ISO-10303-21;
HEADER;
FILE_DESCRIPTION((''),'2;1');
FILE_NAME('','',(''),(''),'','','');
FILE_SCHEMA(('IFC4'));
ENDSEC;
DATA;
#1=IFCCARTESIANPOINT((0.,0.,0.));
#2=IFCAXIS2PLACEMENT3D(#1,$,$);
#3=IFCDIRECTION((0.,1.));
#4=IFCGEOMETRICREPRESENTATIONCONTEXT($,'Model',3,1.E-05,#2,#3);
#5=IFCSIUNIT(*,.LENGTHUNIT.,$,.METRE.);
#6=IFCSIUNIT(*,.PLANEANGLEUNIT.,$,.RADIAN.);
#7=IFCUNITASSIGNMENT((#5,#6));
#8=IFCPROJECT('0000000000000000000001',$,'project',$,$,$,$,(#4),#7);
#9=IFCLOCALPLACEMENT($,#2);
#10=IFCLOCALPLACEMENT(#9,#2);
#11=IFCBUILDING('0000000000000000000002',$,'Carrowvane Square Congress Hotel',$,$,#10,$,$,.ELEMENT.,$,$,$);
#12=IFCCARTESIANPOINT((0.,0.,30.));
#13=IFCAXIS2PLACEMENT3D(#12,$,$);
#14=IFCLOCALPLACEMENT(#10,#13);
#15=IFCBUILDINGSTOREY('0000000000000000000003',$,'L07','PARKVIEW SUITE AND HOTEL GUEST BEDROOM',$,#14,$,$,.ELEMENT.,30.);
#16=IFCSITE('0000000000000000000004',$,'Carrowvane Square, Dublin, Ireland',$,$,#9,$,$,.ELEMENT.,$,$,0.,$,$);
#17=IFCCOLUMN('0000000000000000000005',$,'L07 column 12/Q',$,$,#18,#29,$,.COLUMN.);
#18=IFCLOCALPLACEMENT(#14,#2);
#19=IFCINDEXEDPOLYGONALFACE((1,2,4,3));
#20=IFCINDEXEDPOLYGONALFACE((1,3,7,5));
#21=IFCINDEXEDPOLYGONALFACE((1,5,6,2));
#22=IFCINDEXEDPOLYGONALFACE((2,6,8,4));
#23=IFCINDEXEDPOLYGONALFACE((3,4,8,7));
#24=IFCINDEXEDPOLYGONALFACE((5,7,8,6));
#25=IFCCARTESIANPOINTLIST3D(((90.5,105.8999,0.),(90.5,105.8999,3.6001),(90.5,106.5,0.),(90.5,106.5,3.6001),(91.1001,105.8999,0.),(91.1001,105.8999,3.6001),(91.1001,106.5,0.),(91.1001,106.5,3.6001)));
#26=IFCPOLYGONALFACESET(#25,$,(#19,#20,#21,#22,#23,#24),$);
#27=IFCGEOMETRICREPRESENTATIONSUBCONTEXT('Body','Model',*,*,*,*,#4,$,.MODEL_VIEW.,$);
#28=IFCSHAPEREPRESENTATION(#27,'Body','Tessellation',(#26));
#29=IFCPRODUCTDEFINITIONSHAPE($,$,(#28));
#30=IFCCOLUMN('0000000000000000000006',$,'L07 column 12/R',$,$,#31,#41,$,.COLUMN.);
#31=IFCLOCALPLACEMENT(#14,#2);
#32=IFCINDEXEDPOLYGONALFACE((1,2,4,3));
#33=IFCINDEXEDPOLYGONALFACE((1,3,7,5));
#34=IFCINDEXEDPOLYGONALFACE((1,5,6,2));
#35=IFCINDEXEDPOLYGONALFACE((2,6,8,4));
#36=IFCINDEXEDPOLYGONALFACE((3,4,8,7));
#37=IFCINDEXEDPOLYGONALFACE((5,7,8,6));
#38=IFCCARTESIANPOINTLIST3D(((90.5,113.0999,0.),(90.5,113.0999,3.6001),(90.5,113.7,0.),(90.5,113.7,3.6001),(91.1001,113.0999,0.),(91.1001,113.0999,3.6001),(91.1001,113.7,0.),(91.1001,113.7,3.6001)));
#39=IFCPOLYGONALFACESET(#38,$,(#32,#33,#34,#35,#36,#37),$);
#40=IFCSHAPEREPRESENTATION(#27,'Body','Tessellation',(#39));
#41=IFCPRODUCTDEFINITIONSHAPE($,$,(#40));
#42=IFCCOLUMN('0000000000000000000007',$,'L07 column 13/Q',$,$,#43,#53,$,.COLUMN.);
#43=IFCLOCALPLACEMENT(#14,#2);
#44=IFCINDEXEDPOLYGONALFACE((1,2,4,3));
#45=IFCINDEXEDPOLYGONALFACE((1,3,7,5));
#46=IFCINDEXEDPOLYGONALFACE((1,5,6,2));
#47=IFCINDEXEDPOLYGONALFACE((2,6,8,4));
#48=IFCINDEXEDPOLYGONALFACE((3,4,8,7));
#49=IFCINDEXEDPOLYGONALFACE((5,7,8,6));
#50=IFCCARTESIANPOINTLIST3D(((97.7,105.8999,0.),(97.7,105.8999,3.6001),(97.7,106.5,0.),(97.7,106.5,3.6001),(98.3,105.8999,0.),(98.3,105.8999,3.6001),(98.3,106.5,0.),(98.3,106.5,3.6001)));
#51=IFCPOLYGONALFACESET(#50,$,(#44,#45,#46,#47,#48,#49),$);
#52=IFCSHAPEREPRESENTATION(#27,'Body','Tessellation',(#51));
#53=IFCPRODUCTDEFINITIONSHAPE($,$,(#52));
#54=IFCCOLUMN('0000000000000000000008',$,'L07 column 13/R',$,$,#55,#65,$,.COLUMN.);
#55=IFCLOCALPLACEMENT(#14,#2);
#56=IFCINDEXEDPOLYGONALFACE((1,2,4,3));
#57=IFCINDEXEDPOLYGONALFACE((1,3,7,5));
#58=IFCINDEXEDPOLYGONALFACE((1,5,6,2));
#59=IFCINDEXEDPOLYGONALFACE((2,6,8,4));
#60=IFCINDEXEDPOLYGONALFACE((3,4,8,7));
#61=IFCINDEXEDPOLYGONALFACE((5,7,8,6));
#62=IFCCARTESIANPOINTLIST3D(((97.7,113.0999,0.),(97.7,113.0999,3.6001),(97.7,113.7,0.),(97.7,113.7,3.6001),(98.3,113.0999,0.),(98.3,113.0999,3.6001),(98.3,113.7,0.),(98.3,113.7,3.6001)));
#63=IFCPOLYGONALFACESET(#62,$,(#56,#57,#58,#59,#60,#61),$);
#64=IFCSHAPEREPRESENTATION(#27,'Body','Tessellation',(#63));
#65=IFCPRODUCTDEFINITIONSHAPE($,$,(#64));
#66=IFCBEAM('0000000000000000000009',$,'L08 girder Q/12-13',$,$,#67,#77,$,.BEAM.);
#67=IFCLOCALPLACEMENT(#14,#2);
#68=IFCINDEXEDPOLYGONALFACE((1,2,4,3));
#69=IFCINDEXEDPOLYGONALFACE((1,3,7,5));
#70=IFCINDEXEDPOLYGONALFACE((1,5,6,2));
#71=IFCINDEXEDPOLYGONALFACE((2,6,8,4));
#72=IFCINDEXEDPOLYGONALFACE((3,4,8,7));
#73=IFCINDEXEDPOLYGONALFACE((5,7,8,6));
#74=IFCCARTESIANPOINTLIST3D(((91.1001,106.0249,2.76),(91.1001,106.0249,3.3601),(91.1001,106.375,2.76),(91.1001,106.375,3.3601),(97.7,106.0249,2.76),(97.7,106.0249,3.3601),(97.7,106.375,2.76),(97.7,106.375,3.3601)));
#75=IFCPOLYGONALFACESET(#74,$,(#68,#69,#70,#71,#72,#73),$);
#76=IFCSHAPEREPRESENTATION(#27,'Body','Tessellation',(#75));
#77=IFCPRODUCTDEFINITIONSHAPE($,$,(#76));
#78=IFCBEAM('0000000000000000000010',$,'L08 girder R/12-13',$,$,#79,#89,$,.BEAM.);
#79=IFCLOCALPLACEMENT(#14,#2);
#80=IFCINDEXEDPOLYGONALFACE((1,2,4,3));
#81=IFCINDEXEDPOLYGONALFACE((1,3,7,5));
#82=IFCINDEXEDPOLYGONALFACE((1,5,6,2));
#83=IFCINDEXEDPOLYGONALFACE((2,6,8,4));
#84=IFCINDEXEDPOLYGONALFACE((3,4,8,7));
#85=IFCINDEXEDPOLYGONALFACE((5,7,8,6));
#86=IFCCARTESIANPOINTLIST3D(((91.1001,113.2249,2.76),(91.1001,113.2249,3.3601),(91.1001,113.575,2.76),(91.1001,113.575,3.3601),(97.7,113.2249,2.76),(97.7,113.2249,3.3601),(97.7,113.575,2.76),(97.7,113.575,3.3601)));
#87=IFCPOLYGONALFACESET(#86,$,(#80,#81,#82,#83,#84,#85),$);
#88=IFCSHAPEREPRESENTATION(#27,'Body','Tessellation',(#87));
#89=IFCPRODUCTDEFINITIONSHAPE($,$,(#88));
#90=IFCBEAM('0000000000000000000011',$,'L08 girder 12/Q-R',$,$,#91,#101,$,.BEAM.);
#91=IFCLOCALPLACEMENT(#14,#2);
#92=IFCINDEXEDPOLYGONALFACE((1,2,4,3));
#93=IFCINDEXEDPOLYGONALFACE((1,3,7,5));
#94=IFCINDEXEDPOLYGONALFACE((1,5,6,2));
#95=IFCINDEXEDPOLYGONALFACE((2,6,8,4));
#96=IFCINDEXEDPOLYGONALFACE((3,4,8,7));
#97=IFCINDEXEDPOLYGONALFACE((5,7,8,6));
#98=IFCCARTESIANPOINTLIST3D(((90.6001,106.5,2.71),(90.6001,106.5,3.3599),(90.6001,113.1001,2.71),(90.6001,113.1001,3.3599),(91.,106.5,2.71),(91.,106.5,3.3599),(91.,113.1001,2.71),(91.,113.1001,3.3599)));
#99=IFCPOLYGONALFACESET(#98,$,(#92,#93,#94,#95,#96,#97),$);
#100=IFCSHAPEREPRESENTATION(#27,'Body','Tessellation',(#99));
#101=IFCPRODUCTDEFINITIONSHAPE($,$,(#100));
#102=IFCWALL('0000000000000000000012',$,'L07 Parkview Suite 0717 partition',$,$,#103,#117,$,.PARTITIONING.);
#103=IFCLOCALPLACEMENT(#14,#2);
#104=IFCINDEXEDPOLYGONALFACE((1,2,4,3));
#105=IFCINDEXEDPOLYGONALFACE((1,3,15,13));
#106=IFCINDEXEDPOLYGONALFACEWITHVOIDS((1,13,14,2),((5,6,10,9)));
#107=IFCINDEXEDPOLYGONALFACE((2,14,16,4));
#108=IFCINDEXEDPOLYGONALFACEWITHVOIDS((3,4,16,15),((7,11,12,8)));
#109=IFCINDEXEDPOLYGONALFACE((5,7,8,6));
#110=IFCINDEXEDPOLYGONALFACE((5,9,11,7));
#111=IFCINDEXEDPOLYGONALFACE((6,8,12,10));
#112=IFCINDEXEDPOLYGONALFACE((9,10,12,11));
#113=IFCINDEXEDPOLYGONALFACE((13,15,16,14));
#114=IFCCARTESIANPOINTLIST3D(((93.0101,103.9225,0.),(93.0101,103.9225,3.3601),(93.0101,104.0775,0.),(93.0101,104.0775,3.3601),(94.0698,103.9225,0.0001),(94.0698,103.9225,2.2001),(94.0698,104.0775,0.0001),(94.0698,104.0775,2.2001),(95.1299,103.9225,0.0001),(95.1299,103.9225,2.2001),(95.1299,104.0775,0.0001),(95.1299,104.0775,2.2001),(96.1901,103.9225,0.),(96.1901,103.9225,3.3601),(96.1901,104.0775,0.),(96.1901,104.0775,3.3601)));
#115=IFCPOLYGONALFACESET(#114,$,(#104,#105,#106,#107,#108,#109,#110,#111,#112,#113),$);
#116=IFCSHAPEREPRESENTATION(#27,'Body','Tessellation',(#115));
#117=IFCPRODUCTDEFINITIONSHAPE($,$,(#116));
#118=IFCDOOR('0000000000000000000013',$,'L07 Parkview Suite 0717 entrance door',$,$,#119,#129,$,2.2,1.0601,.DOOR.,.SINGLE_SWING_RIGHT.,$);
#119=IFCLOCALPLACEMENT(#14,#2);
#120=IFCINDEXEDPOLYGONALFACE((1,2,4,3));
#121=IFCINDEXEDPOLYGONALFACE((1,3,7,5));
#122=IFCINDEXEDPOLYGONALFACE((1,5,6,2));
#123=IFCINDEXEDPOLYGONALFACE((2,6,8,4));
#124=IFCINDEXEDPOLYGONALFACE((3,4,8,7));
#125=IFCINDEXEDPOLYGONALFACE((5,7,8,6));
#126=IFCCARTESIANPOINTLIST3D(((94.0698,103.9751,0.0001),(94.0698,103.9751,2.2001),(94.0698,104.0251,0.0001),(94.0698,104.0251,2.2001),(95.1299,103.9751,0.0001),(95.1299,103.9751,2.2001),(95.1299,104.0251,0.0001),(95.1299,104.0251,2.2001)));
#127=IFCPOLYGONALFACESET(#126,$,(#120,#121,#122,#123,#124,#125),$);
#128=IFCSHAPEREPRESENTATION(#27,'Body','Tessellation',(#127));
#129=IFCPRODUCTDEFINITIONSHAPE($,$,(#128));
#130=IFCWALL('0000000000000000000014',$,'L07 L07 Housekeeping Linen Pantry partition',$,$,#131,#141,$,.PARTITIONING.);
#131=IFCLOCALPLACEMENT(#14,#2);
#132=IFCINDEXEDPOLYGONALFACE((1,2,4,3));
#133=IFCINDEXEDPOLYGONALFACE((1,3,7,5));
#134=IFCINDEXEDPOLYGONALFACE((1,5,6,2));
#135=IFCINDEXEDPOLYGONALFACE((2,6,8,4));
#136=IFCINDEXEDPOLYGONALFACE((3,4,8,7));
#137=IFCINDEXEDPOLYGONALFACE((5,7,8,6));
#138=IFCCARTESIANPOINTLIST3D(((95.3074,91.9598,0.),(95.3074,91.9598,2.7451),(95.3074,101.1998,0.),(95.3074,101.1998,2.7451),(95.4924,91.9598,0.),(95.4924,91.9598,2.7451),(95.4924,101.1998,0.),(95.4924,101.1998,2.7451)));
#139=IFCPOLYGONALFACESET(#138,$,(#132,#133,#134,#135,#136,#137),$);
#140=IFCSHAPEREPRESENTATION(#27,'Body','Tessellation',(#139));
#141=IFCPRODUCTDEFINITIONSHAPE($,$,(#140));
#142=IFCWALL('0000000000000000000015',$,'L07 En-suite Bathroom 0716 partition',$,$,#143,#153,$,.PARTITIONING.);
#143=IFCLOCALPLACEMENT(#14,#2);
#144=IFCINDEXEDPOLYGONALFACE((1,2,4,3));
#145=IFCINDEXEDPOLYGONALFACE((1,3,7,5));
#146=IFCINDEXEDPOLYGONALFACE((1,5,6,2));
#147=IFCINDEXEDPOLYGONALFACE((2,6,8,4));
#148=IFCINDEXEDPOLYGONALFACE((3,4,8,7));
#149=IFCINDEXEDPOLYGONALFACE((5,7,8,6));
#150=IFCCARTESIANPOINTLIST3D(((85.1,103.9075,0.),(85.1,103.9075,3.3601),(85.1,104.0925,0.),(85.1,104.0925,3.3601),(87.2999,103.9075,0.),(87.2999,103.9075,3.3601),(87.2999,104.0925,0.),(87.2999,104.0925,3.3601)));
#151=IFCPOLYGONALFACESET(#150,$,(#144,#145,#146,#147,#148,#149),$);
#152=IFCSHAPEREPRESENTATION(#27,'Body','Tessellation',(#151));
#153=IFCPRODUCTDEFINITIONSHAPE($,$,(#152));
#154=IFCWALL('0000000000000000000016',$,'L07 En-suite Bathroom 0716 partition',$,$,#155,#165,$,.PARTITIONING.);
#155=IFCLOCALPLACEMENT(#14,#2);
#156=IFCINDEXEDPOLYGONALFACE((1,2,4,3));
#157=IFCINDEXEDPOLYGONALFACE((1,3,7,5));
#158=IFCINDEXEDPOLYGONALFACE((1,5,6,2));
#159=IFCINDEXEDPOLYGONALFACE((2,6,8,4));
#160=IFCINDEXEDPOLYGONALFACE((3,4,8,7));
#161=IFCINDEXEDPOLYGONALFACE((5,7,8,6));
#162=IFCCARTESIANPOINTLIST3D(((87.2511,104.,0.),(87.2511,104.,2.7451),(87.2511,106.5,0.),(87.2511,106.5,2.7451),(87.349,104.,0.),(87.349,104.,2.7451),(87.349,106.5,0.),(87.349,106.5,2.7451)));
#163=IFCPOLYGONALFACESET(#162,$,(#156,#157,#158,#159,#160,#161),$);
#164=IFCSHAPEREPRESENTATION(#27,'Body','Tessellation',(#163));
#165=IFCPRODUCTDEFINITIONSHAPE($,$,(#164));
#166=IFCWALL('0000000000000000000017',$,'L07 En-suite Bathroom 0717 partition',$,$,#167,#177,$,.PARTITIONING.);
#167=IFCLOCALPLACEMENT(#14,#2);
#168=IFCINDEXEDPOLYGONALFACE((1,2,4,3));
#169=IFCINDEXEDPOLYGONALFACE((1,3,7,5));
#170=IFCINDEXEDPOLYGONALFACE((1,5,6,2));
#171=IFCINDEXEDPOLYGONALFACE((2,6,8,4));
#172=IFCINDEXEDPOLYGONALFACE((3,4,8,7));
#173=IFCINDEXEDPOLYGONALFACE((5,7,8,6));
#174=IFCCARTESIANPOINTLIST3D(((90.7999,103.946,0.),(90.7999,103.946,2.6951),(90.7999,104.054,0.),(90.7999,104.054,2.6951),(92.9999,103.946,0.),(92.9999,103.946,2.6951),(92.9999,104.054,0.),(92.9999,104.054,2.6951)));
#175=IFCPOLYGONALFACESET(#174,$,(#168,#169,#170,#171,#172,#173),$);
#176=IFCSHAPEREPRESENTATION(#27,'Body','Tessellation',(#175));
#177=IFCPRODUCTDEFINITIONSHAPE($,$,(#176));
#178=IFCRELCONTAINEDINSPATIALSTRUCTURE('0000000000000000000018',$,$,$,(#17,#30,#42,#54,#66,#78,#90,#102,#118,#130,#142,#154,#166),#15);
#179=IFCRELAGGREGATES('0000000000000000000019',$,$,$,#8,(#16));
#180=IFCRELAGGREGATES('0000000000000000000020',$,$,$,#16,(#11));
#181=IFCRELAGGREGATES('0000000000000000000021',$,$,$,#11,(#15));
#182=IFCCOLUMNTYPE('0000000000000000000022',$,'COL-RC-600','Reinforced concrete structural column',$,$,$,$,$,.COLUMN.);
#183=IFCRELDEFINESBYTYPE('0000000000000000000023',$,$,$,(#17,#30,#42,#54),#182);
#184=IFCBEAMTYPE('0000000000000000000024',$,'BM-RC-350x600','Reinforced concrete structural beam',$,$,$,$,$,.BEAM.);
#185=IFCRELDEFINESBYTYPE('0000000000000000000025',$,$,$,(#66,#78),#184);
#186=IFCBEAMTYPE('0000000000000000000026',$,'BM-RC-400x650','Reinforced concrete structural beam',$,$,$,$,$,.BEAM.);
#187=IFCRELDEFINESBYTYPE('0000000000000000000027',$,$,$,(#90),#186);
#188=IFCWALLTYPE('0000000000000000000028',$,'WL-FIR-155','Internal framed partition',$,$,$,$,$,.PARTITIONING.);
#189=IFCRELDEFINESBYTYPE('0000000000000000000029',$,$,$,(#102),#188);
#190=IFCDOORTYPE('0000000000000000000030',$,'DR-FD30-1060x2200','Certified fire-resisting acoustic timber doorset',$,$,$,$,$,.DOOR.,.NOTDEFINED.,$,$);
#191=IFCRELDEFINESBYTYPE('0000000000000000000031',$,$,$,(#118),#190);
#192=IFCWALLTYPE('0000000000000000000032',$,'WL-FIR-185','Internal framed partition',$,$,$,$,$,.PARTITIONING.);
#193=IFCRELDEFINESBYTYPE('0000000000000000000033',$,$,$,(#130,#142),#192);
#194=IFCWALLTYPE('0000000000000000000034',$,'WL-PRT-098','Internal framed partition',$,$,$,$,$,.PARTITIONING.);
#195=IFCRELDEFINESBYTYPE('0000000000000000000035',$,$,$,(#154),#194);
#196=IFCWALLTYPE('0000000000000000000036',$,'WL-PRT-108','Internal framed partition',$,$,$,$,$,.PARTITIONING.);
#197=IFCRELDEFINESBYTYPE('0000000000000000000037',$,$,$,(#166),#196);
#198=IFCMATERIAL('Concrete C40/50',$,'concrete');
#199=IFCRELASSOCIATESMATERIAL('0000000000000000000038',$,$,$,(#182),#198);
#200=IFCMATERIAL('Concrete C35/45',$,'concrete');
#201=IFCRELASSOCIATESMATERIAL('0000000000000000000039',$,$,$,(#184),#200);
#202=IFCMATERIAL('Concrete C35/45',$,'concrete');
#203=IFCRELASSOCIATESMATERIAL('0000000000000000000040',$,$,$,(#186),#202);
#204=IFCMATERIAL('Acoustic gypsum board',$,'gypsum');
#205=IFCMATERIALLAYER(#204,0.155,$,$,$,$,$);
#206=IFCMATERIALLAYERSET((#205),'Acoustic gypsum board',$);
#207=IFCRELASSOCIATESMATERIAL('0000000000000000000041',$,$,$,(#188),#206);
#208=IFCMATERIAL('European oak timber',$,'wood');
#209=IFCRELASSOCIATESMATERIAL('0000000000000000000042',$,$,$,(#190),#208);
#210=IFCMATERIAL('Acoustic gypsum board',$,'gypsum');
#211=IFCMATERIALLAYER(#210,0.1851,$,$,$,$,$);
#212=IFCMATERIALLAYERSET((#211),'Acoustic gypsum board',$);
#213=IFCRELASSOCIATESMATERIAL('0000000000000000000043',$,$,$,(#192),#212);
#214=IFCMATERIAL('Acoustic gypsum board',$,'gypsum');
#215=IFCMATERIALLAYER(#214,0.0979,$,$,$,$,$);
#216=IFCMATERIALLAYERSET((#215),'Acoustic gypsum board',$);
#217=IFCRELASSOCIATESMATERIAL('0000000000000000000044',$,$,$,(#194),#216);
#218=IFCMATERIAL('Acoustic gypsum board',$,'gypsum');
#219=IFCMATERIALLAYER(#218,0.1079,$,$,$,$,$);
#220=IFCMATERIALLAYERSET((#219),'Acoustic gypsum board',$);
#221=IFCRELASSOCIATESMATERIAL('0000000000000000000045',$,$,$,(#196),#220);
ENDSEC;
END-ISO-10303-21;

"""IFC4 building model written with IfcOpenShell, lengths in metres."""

from ifc_helpers import new_model, si_unit, direction, frame, frame_2d, origin, origin_2d, place, context, subcontext, project, spatial, rectangle, extrude, material, layer, layer_set, material_profile, profile_set, type_object, element, fill, save


model = new_model("IFC4")

# Units and contexts
model_context = context("Model", 3, precision=1e-05, world=origin(), true_north=direction((0.0, 1.0)))
body_context = subcontext(model_context, "Body", "Model", "MODEL_VIEW")
ifc_project = project(units=[si_unit("LENGTHUNIT", "METRE"), si_unit("PLANEANGLEUNIT", "RADIAN")], contexts=[model_context])

# Site, building, storey
site_placement = place(None, origin())
site = spatial("IfcSite", under=ifc_project, at=site_placement, Name="Carrowvane Square, Dublin, Ireland", CompositionType="ELEMENT", RefElevation=0.0)
building_placement = place(site_placement, origin())
building = spatial("IfcBuilding", under=site, at=building_placement, Name="Carrowvane Square Congress Hotel", CompositionType="ELEMENT")
storey_placement = place(building_placement, frame((0.0, 0.0, 30.0)))
storey = spatial("IfcBuildingStorey", under=building, at=storey_placement, Name="L07", Description="PARKVIEW SUITE AND HOTEL GUEST BEDROOM", CompositionType="ELEMENT", Elevation=30.0)

# Columns
ifc_material_1 = material(Name="Concrete C40/50", Category="concrete")
ifc_material_profile_1 = material_profile(ifc_material_1, rectangle(XDim=0.6001, YDim=0.6001, at=origin_2d()), Name="RC 600x600")
ifc_profile_set_1 = profile_set([ifc_material_profile_1], Name="Concrete C40/50")
column_type = type_object("IfcColumnType", Name="COL-RC-600", Description="Reinforced concrete structural column", PredefinedType="COLUMN", material=ifc_profile_set_1)
for number, where, z_axis, x_axis, name in (
    (1, (90.8, 106.2, 0.0), (0.0, 0.0, 1.0), (1.0, 0.0, 0.0), "L07 column 12/Q"),
    (2, (90.8, 113.3999, 0.0), (0.0, 0.0, 1.0), (1.0, 0.0, 0.0), "L07 column 12/R"),
    (3, (98.0, 106.2, 0.0), (0.0, 0.0, 1.0), (1.0, 0.0, 0.0), "L07 column 13/Q"),
    (4, (98.0, 113.3999, 0.0), (0.0, 0.0, 1.0), (1.0, 0.0, 0.0), "L07 column 13/R"),
):
    element("IfcColumn", number, at=place(storey_placement, frame(where, z_axis=z_axis, x_axis=x_axis)), inside=storey, type_object=column_type, Name=name, PredefinedType="COLUMN", context=body_context, shape_type="SweptSolid", body=[
        extrude(rectangle(XDim=0.6001, YDim=0.6001, at=origin_2d()), origin(), (0.0, 0.0, 1.0), 3.6001),
    ])

# Beams
ifc_material_2 = material(Name="Concrete C35/45", Category="concrete")
ifc_material_profile_2 = material_profile(ifc_material_2, rectangle(XDim=0.3501, YDim=0.6001, at=origin_2d()), Name="RC 350x600")
ifc_profile_set_2 = profile_set([ifc_material_profile_2], Name="Concrete C35/45")
beam_type_1 = type_object("IfcBeamType", Name="BM-RC-350x600", Description="Reinforced concrete structural beam", PredefinedType="BEAM", material=ifc_profile_set_2)
for number, where, z_axis, x_axis, name in (
    (5, (91.1001, 106.2, 3.0601), (1.0, 0.0, 0.0), (0.0, 1.0, 0.0), "L08 girder Q/12-13"),
    (6, (91.1001, 113.3999, 3.0601), (1.0, 0.0, 0.0), (0.0, 1.0, 0.0), "L08 girder R/12-13"),
):
    element("IfcBeam", number, at=place(storey_placement, frame(where, z_axis=z_axis, x_axis=x_axis)), inside=storey, type_object=beam_type_1, Name=name, PredefinedType="BEAM", context=body_context, shape_type="SweptSolid", body=[
        extrude(rectangle(XDim=0.3501, YDim=0.6001, at=origin_2d()), origin(), (0.0, 0.0, 1.0), 6.5999),
    ])
ifc_material_3 = material(Name="Concrete C35/45", Category="concrete")
ifc_material_profile_3 = material_profile(ifc_material_3, rectangle(XDim=0.3999, YDim=0.6499, at=origin_2d()), Name="RC 400x650")
ifc_profile_set_3 = profile_set([ifc_material_profile_3], Name="Concrete C35/45")
beam_type_2 = type_object("IfcBeamType", Name="BM-RC-400x650", Description="Reinforced concrete structural beam", PredefinedType="BEAM", material=ifc_profile_set_3)
beam_placement = place(storey_placement, frame((90.8, 106.5, 3.0349), z_axis=(0.0, 1.0, 0.0), x_axis=(-1.0, 0.0, 0.0)))
element("IfcBeam", 7, at=beam_placement, inside=storey, type_object=beam_type_2, Name="L08 girder 12/Q-R", PredefinedType="BEAM", context=body_context, shape_type="SweptSolid", body=[
    extrude(rectangle(XDim=0.3999, YDim=0.6499, at=origin_2d()), origin(), (0.0, 0.0, 1.0), 6.6001),
])

# Wall, opening, door
ifc_material_4 = material(Name="Acoustic gypsum board", Category="gypsum")
ifc_layer_1 = layer(ifc_material_4, 0.155)
ifc_layer_set_1 = layer_set([ifc_layer_1], Name="Acoustic gypsum board")
wall_type_1 = type_object("IfcWallType", Name="WL-FIR-155", Description="Internal framed partition", PredefinedType="PARTITIONING", material=ifc_layer_set_1)
wall_1_placement = place(storey_placement, frame((96.1899, 104.0, 0.0), z_axis=(0.0, 0.0, 1.0), x_axis=(-1.0, 0.0, 0.0)))
wall_1 = element("IfcWall", 8, at=wall_1_placement, inside=storey, type_object=wall_type_1, Name="L07 Parkview Suite 0717 partition", PredefinedType="PARTITIONING", context=body_context, shape_type="SweptSolid", body=[
    extrude(rectangle(XDim=3.1799, YDim=0.155, at=frame_2d((1.5898, 0.0))), origin(), (0.0, 0.0, 1.0), 3.3601),
])
opening_1_placement = place(wall_1_placement, frame((1.0601, 0.0, 0.0)))
opening_1 = element("IfcOpeningElement", 9, at=opening_1_placement, cuts=wall_1, PredefinedType="OPENING", context=body_context, shape_type="SweptSolid", body=[
    extrude(rectangle(XDim=1.0601, YDim=2.2, at=frame_2d((0.53, 1.1001))), frame((0.0, 0.0874, 0.0), z_axis=(0.0, -1.0, 0.0), x_axis=(1.0, 0.0, 0.0)), (0.0, 0.0, 1.0), 0.175),
])
ifc_material_5 = material(Name="European oak timber", Category="wood")
door_type_1 = type_object("IfcDoorType", Name="DR-FD30-1060x2200", Description="Certified fire-resisting acoustic timber doorset", OperationType="NOTDEFINED", PredefinedType="DOOR", material=ifc_material_5)
door_1_placement = place(opening_1_placement, origin())
door_1 = element("IfcDoor", 10, at=door_1_placement, inside=storey, type_object=door_type_1, Name="L07 Parkview Suite 0717 entrance door", OperationType="SINGLE_SWING_RIGHT", OverallHeight=2.2, OverallWidth=1.0601, PredefinedType="DOOR", context=body_context, shape_type="SweptSolid", body=[
    extrude(rectangle(XDim=1.0601, YDim=2.2, at=frame_2d((0.53, 1.1001))), frame((0.0, 0.0249, 0.0), z_axis=(0.0, -1.0, 0.0), x_axis=(1.0, 0.0, 0.0)), (0.0, 0.0, 1.0), 0.05),
])
fill(opening_1, door_1)

# Walls
ifc_material_6 = material(Name="Acoustic gypsum board", Category="gypsum")
ifc_layer_2 = layer(ifc_material_6, 0.1851)
ifc_layer_set_2 = layer_set([ifc_layer_2], Name="Acoustic gypsum board")
wall_type_2 = type_object("IfcWallType", Name="WL-FIR-185", Description="Internal framed partition", PredefinedType="PARTITIONING", material=ifc_layer_set_2)
wall_2_placement = place(storey_placement, frame((95.3999, 101.2, 0.0), z_axis=(0.0, 0.0, 1.0), x_axis=(0.0, -1.0, 0.0)))
element("IfcWall", 11, at=wall_2_placement, inside=storey, type_object=wall_type_2, Name="L07 L07 Housekeeping Linen Pantry partition", PredefinedType="PARTITIONING", context=body_context, shape_type="SweptSolid", body=[
    extrude(rectangle(XDim=9.24, YDim=0.1851, at=frame_2d((4.6201, 0.0))), origin(), (0.0, 0.0, 1.0), 2.7451),
])
wall_3_placement = place(storey_placement, frame((87.3, 104.0, 0.0), z_axis=(0.0, 0.0, 1.0), x_axis=(-1.0, 0.0, 0.0)))
element("IfcWall", 12, at=wall_3_placement, inside=storey, type_object=wall_type_2, Name="L07 En-suite Bathroom 0716 partition", PredefinedType="PARTITIONING", context=body_context, shape_type="SweptSolid", body=[
    extrude(rectangle(XDim=2.2, YDim=0.1851, at=frame_2d((1.1001, 0.0))), origin(), (0.0, 0.0, 1.0), 3.3601),
])

# Walls
ifc_material_7 = material(Name="Acoustic gypsum board", Category="gypsum")
ifc_layer_3 = layer(ifc_material_7, 0.0979)
ifc_layer_set_3 = layer_set([ifc_layer_3], Name="Acoustic gypsum board")
wall_type_3 = type_object("IfcWallType", Name="WL-PRT-098", Description="Internal framed partition", PredefinedType="PARTITIONING", material=ifc_layer_set_3)
wall_4_placement = place(storey_placement, frame((87.3, 106.5, 0.0), z_axis=(0.0, 0.0, 1.0), x_axis=(0.0, -1.0, 0.0)))
element("IfcWall", 13, at=wall_4_placement, inside=storey, type_object=wall_type_3, Name="L07 En-suite Bathroom 0716 partition", PredefinedType="PARTITIONING", context=body_context, shape_type="SweptSolid", body=[
    extrude(rectangle(XDim=2.5, YDim=0.0979, at=frame_2d((1.25, 0.0))), origin(), (0.0, 0.0, 1.0), 2.7451),
])
ifc_material_8 = material(Name="Acoustic gypsum board", Category="gypsum")
ifc_layer_4 = layer(ifc_material_8, 0.1079)
ifc_layer_set_4 = layer_set([ifc_layer_4], Name="Acoustic gypsum board")
wall_type_4 = type_object("IfcWallType", Name="WL-PRT-108", Description="Internal framed partition", PredefinedType="PARTITIONING", material=ifc_layer_set_4)
wall_5_placement = place(storey_placement, frame((93.0, 104.0, 0.0), z_axis=(0.0, 0.0, 1.0), x_axis=(-1.0, 0.0, 0.0)))
element("IfcWall", 14, at=wall_5_placement, inside=storey, type_object=wall_type_4, Name="L07 En-suite Bathroom 0717 partition", PredefinedType="PARTITIONING", context=body_context, shape_type="SweptSolid", body=[
    extrude(rectangle(XDim=2.2, YDim=0.1079, at=frame_2d((1.1001, 0.0))), origin(), (0.0, 0.0, 1.0), 2.6951),
])

save(model, "model.ifc")
